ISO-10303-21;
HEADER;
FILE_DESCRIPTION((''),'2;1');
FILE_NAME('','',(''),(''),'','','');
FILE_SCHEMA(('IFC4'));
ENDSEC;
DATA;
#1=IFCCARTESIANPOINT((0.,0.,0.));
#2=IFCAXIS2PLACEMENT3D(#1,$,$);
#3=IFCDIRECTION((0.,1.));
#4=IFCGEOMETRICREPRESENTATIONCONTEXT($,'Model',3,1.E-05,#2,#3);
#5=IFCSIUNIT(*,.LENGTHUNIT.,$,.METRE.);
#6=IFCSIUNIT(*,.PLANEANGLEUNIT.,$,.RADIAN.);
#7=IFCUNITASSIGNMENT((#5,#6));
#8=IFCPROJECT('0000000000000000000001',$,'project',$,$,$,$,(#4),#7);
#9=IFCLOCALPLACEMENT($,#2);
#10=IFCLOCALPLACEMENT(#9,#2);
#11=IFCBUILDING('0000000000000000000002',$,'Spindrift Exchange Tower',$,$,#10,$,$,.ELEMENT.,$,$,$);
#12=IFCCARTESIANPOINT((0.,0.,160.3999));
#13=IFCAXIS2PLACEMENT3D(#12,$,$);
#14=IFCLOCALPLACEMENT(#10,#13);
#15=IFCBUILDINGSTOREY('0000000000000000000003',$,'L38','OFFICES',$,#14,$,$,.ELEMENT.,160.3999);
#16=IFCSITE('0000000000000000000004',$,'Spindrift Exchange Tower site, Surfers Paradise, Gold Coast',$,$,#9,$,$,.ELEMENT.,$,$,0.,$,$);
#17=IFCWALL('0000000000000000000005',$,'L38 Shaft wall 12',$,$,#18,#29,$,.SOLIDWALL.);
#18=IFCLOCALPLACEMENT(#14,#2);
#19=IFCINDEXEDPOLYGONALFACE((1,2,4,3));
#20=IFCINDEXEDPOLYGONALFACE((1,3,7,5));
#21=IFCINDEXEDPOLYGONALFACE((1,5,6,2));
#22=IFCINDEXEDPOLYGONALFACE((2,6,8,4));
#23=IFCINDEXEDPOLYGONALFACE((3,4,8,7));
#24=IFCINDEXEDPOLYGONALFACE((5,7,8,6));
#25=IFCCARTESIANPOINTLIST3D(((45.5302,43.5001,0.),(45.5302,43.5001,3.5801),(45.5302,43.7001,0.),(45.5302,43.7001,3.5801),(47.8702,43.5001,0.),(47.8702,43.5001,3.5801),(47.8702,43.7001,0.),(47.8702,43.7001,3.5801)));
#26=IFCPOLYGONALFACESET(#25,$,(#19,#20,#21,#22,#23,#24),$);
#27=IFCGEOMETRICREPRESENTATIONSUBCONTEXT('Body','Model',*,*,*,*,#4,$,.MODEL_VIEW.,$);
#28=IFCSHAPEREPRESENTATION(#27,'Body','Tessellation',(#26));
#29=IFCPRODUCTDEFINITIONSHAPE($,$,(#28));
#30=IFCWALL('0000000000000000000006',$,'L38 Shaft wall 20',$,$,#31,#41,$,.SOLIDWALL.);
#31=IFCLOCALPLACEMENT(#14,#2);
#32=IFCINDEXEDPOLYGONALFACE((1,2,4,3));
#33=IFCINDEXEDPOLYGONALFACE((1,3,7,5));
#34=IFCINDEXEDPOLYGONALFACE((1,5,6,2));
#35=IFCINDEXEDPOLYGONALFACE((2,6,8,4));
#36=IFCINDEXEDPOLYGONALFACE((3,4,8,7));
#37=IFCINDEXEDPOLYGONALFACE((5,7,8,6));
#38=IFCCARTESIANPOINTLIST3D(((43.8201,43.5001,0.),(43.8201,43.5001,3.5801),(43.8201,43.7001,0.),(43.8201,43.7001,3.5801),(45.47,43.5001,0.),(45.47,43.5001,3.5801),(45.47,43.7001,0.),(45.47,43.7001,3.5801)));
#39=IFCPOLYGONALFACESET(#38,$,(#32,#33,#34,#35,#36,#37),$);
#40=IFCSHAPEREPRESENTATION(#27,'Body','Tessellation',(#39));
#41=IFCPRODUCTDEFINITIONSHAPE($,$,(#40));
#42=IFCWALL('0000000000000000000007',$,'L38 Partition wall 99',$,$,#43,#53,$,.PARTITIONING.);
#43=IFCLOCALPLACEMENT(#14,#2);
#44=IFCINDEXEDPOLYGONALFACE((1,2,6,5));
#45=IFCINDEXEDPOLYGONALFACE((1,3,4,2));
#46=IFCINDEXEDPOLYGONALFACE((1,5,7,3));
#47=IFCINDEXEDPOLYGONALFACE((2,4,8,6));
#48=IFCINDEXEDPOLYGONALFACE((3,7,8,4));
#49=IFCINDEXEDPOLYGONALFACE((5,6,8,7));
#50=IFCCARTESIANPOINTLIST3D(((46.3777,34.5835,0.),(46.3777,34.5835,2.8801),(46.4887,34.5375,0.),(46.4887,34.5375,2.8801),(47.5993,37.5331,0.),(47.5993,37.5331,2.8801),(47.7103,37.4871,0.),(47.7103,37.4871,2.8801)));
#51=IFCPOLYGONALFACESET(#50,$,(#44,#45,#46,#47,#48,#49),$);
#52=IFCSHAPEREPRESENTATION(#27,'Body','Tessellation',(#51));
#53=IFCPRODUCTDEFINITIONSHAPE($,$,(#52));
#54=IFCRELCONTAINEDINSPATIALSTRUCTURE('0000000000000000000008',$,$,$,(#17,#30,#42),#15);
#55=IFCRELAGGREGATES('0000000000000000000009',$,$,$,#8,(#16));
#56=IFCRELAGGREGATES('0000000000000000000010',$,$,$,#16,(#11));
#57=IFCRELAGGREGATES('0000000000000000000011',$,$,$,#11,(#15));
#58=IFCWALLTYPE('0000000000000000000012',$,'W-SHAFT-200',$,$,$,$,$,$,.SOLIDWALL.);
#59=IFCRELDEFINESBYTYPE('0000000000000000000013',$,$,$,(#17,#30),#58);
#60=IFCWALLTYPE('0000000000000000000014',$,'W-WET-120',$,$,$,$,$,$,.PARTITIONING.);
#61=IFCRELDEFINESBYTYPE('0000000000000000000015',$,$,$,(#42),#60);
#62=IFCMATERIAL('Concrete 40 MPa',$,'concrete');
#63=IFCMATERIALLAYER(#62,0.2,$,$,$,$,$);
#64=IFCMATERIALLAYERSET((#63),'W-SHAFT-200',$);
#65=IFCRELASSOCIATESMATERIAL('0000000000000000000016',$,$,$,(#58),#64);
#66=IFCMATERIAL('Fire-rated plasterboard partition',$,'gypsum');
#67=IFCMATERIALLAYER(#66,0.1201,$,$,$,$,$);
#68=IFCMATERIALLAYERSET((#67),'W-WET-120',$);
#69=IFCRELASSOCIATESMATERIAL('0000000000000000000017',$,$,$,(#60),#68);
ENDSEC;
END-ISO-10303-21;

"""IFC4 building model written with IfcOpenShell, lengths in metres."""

from ifc_helpers import new_model, si_unit, direction, frame, frame_2d, origin, place, context, subcontext, project, spatial, rectangle, extrude, material, layer, layer_set, type_object, element, save


model = new_model("IFC4")

# Units and contexts
model_context = context("Model", 3, precision=1e-05, world=origin(), true_north=direction((0.0, 1.0)))
body_context = subcontext(model_context, "Body", "Model", "MODEL_VIEW")
ifc_project = project(units=[si_unit("LENGTHUNIT", "METRE"), si_unit("PLANEANGLEUNIT", "RADIAN")], contexts=[model_context])

# Site, building, storey
site_placement = place(None, origin())
site = spatial("IfcSite", under=ifc_project, at=site_placement, Name="Spindrift Exchange Tower site, Surfers Paradise, Gold Coast", CompositionType="ELEMENT", RefElevation=0.0)
building_placement = place(site_placement, origin())
building = spatial("IfcBuilding", under=site, at=building_placement, Name="Spindrift Exchange Tower", CompositionType="ELEMENT")
storey_placement = place(building_placement, frame((0.0, 0.0, 160.3999)))
storey = spatial("IfcBuildingStorey", under=building, at=storey_placement, Name="L38", Description="OFFICES", CompositionType="ELEMENT", Elevation=160.3999)

# Shared definitions
ifc_material_1 = material(Name="Fire-rated plasterboard partition", Category="gypsum")

# Shared definitions
ifc_material_2 = material(Name="Concrete 40 MPa", Category="concrete")
ifc_layer_1 = layer(ifc_material_2, 0.2)
ifc_layer_set_1 = layer_set([ifc_layer_1], Name="W-SHAFT-200")
wall_type_1 = type_object("IfcWallType", Name="W-SHAFT-200", PredefinedType="SOLIDWALL", material=ifc_layer_set_1)

# Walls
wall_1_placement = place(storey_placement, frame((47.8701, 43.6001, 0.0), z_axis=(0.0, 0.0, 1.0), x_axis=(-1.0, 0.0, 0.0)))
element("IfcWall", 1, at=wall_1_placement, inside=storey, type_object=wall_type_1, Name="L38 Shaft wall 12", PredefinedType="SOLIDWALL", context=body_context, shape_type="SweptSolid", body=[
    extrude(rectangle(XDim=2.3401, YDim=0.2, at=frame_2d((1.1699, 0.0))), origin(), (0.0, 0.0, 1.0), 3.5801),
])
wall_2_placement = place(storey_placement, frame((45.47, 43.6001, 0.0), z_axis=(0.0, 0.0, 1.0), x_axis=(-1.0, 0.0, 0.0)))
element("IfcWall", 2, at=wall_2_placement, inside=storey, type_object=wall_type_1, Name="L38 Shaft wall 20", PredefinedType="SOLIDWALL", context=body_context, shape_type="SweptSolid", body=[
    extrude(rectangle(XDim=1.6499, YDim=0.2, at=frame_2d((0.825, 0.0))), origin(), (0.0, 0.0, 1.0), 3.5801),
])
ifc_layer_2 = layer(ifc_material_1, 0.1201)
ifc_layer_set_2 = layer_set([ifc_layer_2], Name="W-WET-120")
wall_type_2 = type_object("IfcWallType", Name="W-WET-120", PredefinedType="PARTITIONING", material=ifc_layer_set_2)
wall_3_placement = place(storey_placement, frame((47.6548, 37.51, 0.0), z_axis=(0.0, 0.0, 1.0), x_axis=(-0.382649, -0.923894, 0.0)))
element("IfcWall", 3, at=wall_3_placement, inside=storey, type_object=wall_type_2, Name="L38 Partition wall 99", PredefinedType="PARTITIONING", context=body_context, shape_type="SweptSolid", body=[
    extrude(rectangle(XDim=3.1926, YDim=0.1201, at=frame_2d((1.5962, 0.0))), origin(), (0.0, 0.0, 1.0), 2.8801),
])

save(model, "model.ifc")
